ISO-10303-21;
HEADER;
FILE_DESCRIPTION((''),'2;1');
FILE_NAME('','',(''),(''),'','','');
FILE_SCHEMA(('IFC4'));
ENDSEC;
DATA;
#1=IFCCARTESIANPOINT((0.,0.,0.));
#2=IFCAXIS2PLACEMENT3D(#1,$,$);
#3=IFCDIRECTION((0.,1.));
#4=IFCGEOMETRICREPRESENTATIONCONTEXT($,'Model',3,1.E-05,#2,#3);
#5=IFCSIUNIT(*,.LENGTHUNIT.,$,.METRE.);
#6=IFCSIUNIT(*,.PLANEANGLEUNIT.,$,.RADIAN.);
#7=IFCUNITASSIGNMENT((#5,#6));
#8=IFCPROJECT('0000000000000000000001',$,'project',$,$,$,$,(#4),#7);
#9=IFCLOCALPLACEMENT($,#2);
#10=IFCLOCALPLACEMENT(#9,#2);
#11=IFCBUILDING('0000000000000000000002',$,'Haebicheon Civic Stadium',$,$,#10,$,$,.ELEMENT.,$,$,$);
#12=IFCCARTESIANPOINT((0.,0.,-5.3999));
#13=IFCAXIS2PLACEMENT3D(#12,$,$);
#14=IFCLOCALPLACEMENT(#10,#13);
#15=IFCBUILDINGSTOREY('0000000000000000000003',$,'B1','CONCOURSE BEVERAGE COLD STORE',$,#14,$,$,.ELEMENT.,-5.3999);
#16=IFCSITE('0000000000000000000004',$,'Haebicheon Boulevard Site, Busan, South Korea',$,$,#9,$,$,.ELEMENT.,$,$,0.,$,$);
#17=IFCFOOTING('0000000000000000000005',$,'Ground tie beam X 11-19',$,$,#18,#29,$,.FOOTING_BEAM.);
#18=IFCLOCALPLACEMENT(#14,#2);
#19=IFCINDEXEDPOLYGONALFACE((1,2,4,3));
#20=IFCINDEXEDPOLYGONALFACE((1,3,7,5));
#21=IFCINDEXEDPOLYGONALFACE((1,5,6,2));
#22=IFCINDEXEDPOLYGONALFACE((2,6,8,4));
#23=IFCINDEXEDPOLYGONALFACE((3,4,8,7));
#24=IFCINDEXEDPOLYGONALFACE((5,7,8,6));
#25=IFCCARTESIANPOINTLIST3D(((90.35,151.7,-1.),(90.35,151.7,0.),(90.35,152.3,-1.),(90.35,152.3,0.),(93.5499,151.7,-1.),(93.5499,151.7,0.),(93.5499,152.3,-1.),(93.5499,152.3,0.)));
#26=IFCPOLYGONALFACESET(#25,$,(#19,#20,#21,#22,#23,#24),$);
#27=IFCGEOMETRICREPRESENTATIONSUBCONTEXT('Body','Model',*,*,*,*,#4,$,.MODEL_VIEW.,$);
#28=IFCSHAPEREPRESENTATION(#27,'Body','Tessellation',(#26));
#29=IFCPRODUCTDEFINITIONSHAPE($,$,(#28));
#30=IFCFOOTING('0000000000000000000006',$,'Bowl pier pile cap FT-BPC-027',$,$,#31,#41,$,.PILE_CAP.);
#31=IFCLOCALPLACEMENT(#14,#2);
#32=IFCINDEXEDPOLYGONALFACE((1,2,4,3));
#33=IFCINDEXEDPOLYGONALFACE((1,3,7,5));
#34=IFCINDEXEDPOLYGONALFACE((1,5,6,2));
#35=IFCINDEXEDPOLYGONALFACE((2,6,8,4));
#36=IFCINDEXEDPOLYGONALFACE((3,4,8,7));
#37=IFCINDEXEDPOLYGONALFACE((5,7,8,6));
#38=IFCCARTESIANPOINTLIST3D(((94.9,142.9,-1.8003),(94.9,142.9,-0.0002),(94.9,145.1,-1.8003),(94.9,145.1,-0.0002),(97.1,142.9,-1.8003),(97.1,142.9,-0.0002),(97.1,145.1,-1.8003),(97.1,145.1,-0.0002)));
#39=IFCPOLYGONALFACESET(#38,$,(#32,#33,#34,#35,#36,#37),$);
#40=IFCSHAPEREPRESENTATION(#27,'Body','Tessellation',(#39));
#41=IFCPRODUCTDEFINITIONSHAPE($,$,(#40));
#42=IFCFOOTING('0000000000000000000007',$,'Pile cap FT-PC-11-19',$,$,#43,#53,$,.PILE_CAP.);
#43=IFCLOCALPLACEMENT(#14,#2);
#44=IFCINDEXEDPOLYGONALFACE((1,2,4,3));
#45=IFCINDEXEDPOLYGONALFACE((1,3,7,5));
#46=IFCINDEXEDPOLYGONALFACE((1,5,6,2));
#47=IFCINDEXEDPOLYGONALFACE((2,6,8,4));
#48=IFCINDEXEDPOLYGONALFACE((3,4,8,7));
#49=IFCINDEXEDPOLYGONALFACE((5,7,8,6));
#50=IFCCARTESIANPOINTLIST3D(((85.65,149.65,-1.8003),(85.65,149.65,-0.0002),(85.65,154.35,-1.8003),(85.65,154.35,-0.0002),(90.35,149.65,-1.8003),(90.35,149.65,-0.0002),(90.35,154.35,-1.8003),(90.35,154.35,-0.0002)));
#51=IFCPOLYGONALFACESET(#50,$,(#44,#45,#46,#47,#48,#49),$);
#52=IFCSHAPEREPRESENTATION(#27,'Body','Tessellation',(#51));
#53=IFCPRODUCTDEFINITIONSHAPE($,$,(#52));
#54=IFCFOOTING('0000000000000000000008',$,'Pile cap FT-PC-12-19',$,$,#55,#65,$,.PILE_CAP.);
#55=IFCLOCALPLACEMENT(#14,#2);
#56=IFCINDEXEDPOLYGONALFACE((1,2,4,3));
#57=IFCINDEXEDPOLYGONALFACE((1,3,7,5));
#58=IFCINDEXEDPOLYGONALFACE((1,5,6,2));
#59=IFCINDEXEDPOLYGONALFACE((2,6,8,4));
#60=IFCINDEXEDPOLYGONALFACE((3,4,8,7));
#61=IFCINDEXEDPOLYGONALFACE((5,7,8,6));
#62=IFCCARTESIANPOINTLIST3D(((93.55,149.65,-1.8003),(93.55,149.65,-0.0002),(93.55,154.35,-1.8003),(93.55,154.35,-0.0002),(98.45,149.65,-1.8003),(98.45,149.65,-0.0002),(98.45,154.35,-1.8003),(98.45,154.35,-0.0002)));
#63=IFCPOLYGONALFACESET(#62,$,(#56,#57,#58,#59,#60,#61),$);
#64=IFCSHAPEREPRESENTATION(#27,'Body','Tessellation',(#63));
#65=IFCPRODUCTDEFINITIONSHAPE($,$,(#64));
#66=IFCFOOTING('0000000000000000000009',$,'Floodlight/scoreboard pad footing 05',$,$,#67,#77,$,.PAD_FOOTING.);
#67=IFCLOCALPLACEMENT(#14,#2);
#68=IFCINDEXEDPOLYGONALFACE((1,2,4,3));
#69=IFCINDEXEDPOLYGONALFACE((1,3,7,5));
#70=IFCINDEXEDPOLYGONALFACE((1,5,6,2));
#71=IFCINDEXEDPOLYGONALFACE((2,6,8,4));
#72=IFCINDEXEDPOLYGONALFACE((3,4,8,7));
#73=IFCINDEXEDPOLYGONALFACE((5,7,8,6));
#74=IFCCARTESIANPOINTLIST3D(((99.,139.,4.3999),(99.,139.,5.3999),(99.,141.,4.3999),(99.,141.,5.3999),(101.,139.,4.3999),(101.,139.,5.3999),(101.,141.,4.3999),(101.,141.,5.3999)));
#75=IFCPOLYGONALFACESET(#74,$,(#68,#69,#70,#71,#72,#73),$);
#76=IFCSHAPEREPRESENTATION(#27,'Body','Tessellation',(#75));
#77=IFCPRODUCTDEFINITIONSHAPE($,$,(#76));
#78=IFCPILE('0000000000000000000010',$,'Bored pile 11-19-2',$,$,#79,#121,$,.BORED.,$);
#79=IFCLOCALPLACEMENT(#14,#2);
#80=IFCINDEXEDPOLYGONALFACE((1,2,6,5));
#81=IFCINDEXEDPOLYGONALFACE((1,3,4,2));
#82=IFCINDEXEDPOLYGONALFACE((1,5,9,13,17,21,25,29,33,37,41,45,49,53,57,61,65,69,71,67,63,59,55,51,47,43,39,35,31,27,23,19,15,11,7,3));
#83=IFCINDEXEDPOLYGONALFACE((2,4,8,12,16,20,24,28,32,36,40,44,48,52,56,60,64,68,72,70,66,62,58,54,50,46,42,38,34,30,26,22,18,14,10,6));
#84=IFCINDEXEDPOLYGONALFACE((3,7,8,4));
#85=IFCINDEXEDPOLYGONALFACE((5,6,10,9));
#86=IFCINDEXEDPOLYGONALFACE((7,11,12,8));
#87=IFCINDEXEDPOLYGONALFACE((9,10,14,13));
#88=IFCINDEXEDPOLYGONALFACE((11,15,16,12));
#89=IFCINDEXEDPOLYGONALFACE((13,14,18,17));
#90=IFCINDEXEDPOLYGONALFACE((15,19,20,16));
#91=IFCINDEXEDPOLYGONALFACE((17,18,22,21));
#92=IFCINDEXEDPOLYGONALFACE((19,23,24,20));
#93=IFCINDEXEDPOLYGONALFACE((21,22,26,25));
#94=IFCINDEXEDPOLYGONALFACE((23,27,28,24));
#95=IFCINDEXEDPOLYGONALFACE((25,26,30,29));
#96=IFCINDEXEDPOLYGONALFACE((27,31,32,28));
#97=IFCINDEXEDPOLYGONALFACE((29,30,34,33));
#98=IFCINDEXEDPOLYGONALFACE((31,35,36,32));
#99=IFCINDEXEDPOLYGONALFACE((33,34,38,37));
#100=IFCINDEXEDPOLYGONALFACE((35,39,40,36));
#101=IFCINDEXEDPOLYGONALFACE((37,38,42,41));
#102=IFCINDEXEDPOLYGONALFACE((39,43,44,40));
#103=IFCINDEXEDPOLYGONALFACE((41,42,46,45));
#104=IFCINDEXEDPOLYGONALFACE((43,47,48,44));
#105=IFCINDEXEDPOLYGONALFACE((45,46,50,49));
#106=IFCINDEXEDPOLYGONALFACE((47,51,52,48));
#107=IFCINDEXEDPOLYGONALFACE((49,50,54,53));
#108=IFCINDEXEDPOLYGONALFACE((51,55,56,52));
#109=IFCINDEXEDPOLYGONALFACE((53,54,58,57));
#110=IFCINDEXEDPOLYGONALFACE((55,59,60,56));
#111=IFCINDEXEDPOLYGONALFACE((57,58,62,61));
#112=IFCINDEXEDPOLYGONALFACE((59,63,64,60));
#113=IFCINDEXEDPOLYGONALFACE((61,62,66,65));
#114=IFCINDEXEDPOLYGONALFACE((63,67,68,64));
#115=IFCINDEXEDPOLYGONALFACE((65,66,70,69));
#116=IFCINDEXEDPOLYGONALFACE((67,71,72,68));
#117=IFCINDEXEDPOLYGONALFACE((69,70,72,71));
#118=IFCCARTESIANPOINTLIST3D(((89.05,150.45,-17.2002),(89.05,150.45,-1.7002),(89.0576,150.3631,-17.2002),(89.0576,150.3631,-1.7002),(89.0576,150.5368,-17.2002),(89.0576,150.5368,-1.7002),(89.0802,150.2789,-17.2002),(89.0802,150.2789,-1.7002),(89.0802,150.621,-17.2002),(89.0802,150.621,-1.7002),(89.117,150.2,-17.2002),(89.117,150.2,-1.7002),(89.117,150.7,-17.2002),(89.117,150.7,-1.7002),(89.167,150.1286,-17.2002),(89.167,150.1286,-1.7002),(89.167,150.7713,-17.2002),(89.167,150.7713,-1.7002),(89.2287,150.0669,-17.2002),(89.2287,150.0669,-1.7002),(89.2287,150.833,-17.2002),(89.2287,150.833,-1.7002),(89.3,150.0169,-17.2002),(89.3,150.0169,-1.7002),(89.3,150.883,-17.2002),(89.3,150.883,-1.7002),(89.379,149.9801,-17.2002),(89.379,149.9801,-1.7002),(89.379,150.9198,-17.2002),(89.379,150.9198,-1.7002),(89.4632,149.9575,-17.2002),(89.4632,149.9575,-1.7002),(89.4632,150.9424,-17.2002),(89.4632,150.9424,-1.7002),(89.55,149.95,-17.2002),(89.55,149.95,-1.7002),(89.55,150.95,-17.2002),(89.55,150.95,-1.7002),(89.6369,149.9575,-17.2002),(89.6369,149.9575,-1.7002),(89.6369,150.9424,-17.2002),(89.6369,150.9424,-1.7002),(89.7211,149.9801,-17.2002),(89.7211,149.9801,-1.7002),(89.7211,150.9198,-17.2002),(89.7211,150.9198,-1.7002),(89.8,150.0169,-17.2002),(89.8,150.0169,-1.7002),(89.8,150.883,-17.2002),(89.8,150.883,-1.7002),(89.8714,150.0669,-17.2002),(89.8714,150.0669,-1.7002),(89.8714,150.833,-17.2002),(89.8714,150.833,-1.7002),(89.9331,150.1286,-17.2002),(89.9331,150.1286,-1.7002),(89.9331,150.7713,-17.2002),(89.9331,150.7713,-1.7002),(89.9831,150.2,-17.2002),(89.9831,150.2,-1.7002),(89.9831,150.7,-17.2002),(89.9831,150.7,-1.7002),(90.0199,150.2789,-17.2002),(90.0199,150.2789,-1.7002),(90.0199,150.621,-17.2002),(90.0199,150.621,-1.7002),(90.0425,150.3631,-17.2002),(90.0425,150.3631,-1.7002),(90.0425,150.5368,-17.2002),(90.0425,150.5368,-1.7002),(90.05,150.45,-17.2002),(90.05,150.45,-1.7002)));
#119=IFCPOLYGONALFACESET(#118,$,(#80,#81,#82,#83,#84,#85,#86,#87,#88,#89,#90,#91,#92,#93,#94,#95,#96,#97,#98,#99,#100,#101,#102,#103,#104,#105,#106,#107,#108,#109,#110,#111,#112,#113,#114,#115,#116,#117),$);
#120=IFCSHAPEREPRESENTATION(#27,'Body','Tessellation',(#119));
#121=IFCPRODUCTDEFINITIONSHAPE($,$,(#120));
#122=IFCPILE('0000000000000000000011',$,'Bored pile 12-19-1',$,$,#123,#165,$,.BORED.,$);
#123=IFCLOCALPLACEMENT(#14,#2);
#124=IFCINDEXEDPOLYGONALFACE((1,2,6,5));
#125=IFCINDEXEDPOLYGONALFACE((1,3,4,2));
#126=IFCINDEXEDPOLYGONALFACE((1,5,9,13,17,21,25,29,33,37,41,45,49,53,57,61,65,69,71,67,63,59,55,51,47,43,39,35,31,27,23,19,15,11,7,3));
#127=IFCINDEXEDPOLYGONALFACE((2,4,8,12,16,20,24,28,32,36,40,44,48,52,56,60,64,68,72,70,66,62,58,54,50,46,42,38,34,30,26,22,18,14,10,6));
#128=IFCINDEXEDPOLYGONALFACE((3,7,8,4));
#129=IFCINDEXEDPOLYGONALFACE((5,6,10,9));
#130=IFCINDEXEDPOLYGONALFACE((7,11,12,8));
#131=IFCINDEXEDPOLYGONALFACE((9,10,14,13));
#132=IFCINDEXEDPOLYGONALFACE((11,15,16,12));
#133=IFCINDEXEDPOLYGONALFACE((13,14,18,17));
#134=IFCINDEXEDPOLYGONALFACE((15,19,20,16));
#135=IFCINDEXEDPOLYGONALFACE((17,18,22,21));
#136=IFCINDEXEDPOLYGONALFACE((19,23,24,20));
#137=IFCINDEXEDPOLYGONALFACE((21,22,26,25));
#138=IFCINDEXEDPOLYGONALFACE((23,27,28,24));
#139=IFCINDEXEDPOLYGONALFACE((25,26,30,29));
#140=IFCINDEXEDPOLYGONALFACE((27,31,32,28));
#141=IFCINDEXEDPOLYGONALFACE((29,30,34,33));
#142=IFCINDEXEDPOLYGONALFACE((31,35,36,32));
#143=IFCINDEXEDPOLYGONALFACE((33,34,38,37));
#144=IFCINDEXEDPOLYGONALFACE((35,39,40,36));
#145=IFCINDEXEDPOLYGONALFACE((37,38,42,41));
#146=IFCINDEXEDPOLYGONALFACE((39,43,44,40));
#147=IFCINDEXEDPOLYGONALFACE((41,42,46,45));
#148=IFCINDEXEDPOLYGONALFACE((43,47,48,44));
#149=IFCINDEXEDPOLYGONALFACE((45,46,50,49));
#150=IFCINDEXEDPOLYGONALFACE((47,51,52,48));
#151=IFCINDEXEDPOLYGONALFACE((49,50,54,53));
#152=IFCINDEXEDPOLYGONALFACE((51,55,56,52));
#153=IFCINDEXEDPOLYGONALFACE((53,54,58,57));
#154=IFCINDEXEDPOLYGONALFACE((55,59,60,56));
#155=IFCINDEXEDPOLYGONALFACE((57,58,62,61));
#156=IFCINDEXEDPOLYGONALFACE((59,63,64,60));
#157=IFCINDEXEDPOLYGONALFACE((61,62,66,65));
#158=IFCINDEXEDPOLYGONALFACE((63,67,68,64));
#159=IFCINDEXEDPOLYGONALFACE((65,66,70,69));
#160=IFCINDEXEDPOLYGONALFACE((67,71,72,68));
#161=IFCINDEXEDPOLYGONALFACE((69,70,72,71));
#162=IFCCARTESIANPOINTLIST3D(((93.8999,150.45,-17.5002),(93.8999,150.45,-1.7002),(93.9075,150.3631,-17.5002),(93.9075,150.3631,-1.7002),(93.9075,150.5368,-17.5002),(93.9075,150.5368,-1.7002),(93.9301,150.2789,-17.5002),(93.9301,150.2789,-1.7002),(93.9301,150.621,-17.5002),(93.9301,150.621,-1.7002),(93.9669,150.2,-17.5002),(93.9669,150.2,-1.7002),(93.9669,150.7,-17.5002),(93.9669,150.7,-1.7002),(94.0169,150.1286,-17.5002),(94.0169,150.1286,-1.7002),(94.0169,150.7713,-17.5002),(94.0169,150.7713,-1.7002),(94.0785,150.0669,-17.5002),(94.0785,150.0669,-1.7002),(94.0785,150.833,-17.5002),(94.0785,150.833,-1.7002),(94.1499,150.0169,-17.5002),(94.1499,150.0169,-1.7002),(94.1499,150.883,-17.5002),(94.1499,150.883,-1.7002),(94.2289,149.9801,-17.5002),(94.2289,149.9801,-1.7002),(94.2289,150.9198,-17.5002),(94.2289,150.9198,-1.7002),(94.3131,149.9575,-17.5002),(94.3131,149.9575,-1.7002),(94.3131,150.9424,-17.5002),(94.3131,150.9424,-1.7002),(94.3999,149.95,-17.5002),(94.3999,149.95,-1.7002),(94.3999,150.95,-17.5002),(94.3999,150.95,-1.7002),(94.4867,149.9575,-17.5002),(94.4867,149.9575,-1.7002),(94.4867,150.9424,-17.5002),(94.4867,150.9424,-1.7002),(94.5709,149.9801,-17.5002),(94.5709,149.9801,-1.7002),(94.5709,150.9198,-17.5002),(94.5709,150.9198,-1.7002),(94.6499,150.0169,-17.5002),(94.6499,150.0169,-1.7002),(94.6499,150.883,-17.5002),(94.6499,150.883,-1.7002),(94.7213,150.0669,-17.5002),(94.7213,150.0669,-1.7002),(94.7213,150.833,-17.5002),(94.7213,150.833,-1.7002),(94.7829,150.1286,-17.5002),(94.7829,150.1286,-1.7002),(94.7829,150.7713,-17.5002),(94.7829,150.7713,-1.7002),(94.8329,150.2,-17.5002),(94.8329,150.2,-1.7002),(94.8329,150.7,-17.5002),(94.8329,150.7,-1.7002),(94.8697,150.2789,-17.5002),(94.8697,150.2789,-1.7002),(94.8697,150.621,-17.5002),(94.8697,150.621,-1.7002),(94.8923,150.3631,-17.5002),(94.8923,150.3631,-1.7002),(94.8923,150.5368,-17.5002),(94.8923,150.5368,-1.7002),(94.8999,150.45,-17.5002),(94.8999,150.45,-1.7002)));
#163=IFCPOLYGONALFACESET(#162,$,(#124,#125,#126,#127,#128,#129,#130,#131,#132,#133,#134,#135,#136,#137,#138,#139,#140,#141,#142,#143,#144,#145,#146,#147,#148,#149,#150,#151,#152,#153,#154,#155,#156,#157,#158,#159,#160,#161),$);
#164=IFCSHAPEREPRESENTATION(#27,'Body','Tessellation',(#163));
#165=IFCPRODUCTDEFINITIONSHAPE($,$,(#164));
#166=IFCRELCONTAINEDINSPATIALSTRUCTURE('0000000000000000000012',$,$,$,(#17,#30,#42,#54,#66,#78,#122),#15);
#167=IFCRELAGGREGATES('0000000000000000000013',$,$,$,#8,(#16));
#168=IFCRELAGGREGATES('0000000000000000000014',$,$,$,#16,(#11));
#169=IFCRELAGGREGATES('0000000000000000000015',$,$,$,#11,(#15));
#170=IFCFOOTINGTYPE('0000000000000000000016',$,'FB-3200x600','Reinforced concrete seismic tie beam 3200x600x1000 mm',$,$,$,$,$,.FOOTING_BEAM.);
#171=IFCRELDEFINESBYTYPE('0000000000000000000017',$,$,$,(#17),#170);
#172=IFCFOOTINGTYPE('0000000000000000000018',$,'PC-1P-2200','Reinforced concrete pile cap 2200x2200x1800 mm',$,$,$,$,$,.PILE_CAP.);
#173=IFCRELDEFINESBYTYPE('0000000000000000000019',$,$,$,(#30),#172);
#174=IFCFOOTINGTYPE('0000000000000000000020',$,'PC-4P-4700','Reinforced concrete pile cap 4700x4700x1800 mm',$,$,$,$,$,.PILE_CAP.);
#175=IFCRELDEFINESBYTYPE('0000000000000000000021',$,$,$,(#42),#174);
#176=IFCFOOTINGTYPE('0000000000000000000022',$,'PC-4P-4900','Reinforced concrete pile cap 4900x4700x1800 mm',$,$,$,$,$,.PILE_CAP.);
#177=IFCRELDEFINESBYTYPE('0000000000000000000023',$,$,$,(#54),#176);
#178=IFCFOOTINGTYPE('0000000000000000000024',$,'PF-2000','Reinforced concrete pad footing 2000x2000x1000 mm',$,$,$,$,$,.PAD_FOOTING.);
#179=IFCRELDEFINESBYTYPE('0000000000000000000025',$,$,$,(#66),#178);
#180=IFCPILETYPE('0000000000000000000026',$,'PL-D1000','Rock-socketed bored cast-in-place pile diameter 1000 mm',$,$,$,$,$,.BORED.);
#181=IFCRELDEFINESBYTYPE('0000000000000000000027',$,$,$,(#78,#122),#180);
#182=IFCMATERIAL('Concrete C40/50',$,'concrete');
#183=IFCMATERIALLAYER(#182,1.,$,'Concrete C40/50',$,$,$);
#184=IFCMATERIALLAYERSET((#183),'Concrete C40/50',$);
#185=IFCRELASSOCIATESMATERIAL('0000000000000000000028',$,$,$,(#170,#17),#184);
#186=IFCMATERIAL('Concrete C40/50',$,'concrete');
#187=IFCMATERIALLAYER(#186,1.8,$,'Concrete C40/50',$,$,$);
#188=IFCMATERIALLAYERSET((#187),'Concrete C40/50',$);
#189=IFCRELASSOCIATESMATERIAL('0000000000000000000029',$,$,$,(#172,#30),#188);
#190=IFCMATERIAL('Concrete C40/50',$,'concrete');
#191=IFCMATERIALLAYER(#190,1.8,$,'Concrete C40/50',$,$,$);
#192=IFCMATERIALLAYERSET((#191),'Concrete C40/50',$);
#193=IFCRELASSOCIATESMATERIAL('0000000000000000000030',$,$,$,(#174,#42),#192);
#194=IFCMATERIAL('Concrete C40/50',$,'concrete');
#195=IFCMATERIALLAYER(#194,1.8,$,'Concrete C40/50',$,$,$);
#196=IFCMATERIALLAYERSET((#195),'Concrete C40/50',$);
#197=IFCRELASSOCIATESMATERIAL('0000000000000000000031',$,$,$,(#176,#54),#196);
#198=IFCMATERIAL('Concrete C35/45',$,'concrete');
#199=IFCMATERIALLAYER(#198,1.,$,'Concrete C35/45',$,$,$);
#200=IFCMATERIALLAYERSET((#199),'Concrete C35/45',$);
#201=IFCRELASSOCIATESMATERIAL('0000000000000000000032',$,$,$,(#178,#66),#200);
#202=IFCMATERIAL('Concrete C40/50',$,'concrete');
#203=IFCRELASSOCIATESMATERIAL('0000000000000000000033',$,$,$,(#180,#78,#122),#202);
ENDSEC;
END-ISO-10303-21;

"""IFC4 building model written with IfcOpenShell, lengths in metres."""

from ifc_helpers import new_model, si_unit, direction, frame, origin, origin_2d, place, context, subcontext, project, spatial, rectangle, circle, extrude, material, layer, layer_set, material_profile, profile_set, type_object, element, save


model = new_model("IFC4")

# Units and contexts
model_context = context("Model", 3, precision=1e-05, world=origin(), true_north=direction((0.0, 1.0)))
body_context = subcontext(model_context, "Body", "Model", "MODEL_VIEW")
ifc_project = project(units=[si_unit("LENGTHUNIT", "METRE"), si_unit("PLANEANGLEUNIT", "RADIAN")], contexts=[model_context])

# Site, building, storey
site_placement = place(None, origin())
site = spatial("IfcSite", under=ifc_project, at=site_placement, Name="Haebicheon Boulevard Site, Busan, South Korea", CompositionType="ELEMENT", RefElevation=0.0)
building_placement = place(site_placement, origin())
building = spatial("IfcBuilding", under=site, at=building_placement, Name="Haebicheon Civic Stadium", CompositionType="ELEMENT")
storey_placement = place(building_placement, frame((0.0, 0.0, -5.3999)))
storey = spatial("IfcBuildingStorey", under=building, at=storey_placement, Name="B1", Description="CONCOURSE BEVERAGE COLD STORE", CompositionType="ELEMENT", Elevation=-5.3999)

# Footings
ifc_material_1 = material(Name="Concrete C40/50", Category="concrete")
ifc_layer_1 = layer(ifc_material_1, 1.0, Name="Concrete C40/50")
ifc_layer_set_1 = layer_set([ifc_layer_1], Name="Concrete C40/50")
footing_type_1 = type_object("IfcFootingType", Name="FB-3200x600", Description="Reinforced concrete seismic tie beam 3200x600x1000 mm", PredefinedType="FOOTING_BEAM", material=ifc_layer_set_1)
footing_1_placement = place(storey_placement, frame((91.95, 152.0, -1.0), z_axis=(0.0, 0.0, 1.0), x_axis=(1.0, 0.0, 0.0)))
element("IfcFooting", 1, at=footing_1_placement, inside=storey, type_object=footing_type_1, material=ifc_layer_set_1, Name="Ground tie beam X 11-19", PredefinedType="FOOTING_BEAM", context=body_context, shape_type="SweptSolid", body=[
    extrude(rectangle(XDim=3.2, YDim=0.6001, at=origin_2d()), origin(), (0.0, 0.0, 1.0), 1.0),
])
ifc_material_2 = material(Name="Concrete C40/50", Category="concrete")
ifc_layer_2 = layer(ifc_material_2, 1.8, Name="Concrete C40/50")
ifc_layer_set_2 = layer_set([ifc_layer_2], Name="Concrete C40/50")
footing_type_2 = type_object("IfcFootingType", Name="PC-1P-2200", Description="Reinforced concrete pile cap 2200x2200x1800 mm", PredefinedType="PILE_CAP", material=ifc_layer_set_2)
footing_2_placement = place(storey_placement, frame((96.0, 144.0, -1.8003), z_axis=(0.0, 0.0, 1.0), x_axis=(1.0, 0.0, 0.0)))
element("IfcFooting", 2, at=footing_2_placement, inside=storey, type_object=footing_type_2, material=ifc_layer_set_2, Name="Bowl pier pile cap FT-BPC-027", PredefinedType="PILE_CAP", context=body_context, shape_type="SweptSolid", body=[
    extrude(rectangle(XDim=2.2, YDim=2.2, at=origin_2d()), origin(), (0.0, 0.0, 1.0), 1.8),
])
ifc_material_3 = material(Name="Concrete C40/50", Category="concrete")
ifc_layer_3 = layer(ifc_material_3, 1.8, Name="Concrete C40/50")
ifc_layer_set_3 = layer_set([ifc_layer_3], Name="Concrete C40/50")
footing_type_3 = type_object("IfcFootingType", Name="PC-4P-4700", Description="Reinforced concrete pile cap 4700x4700x1800 mm", PredefinedType="PILE_CAP", material=ifc_layer_set_3)
footing_3_placement = place(storey_placement, frame((88.0, 152.0, -1.8003), z_axis=(0.0, 0.0, 1.0), x_axis=(1.0, 0.0, 0.0)))
element("IfcFooting", 3, at=footing_3_placement, inside=storey, type_object=footing_type_3, material=ifc_layer_set_3, Name="Pile cap FT-PC-11-19", PredefinedType="PILE_CAP", context=body_context, shape_type="SweptSolid", body=[
    extrude(rectangle(XDim=4.7, YDim=4.7, at=origin_2d()), origin(), (0.0, 0.0, 1.0), 1.8),
])
ifc_material_4 = material(Name="Concrete C40/50", Category="concrete")
ifc_layer_4 = layer(ifc_material_4, 1.8, Name="Concrete C40/50")
ifc_layer_set_4 = layer_set([ifc_layer_4], Name="Concrete C40/50")
footing_type_4 = type_object("IfcFootingType", Name="PC-4P-4900", Description="Reinforced concrete pile cap 4900x4700x1800 mm", PredefinedType="PILE_CAP", material=ifc_layer_set_4)
footing_4_placement = place(storey_placement, frame((96.0, 152.0, -1.8003), z_axis=(0.0, 0.0, 1.0), x_axis=(1.0, 0.0, 0.0)))
element("IfcFooting", 4, at=footing_4_placement, inside=storey, type_object=footing_type_4, material=ifc_layer_set_4, Name="Pile cap FT-PC-12-19", PredefinedType="PILE_CAP", context=body_context, shape_type="SweptSolid", body=[
    extrude(rectangle(XDim=4.8999, YDim=4.7, at=origin_2d()), origin(), (0.0, 0.0, 1.0), 1.8),
])
ifc_material_5 = material(Name="Concrete C35/45", Category="concrete")
ifc_layer_5 = layer(ifc_material_5, 1.0, Name="Concrete C35/45")
ifc_layer_set_5 = layer_set([ifc_layer_5], Name="Concrete C35/45")
footing_type_5 = type_object("IfcFootingType", Name="PF-2000", Description="Reinforced concrete pad footing 2000x2000x1000 mm", PredefinedType="PAD_FOOTING", material=ifc_layer_set_5)
footing_5_placement = place(storey_placement, frame((100.0, 140.0, 4.3999), z_axis=(0.0, 0.0, 1.0), x_axis=(1.0, 0.0, 0.0)))
element("IfcFooting", 5, at=footing_5_placement, inside=storey, type_object=footing_type_5, material=ifc_layer_set_5, Name="Floodlight/scoreboard pad footing 05", PredefinedType="PAD_FOOTING", context=body_context, shape_type="SweptSolid", body=[
    extrude(rectangle(XDim=2.0, YDim=2.0, at=origin_2d()), origin(), (0.0, 0.0, 1.0), 1.0),
])

# Piles
ifc_material_6 = material(Name="Concrete C40/50", Category="concrete")
ifc_material_profile_1 = material_profile(ifc_material_6, circle(Radius=0.5, at=origin_2d()), Name="PILE-D1000")
ifc_profile_set_1 = profile_set([ifc_material_profile_1], Name="Concrete C40/50")
pile_type = type_object("IfcPileType", Name="PL-D1000", Description="Rock-socketed bored cast-in-place pile diameter 1000 mm", PredefinedType="BORED", material=ifc_profile_set_1)
pile_1_placement = place(storey_placement, frame((89.55, 150.45, -1.7002), z_axis=(0.0, 0.0, -1.0), x_axis=(1.0, 0.0, 0.0)))
element("IfcPile", 6, at=pile_1_placement, inside=storey, type_object=pile_type, material=ifc_profile_set_1, Name="Bored pile 11-19-2", PredefinedType="BORED", context=body_context, shape_type="SweptSolid", body=[
    extrude(circle(Radius=0.5, at=origin_2d()), origin(), (0.0, 0.0, 1.0), 15.5),
])
for number, where, z_axis, x_axis, name in (
    (7, (94.3999, 150.45, -1.7002), (0.0, 0.0, -1.0), (1.0, 0.0, 0.0), "Bored pile 12-19-1"),
):
    element("IfcPile", number, at=place(storey_placement, frame(where, z_axis=z_axis, x_axis=x_axis)), inside=storey, type_object=pile_type, material=ifc_profile_set_1, Name=name, PredefinedType="BORED", context=body_context, shape_type="SweptSolid", body=[
        extrude(circle(Radius=0.5, at=origin_2d()), origin(), (0.0, 0.0, 1.0), 15.8),
    ])

save(model, "model.ifc")
